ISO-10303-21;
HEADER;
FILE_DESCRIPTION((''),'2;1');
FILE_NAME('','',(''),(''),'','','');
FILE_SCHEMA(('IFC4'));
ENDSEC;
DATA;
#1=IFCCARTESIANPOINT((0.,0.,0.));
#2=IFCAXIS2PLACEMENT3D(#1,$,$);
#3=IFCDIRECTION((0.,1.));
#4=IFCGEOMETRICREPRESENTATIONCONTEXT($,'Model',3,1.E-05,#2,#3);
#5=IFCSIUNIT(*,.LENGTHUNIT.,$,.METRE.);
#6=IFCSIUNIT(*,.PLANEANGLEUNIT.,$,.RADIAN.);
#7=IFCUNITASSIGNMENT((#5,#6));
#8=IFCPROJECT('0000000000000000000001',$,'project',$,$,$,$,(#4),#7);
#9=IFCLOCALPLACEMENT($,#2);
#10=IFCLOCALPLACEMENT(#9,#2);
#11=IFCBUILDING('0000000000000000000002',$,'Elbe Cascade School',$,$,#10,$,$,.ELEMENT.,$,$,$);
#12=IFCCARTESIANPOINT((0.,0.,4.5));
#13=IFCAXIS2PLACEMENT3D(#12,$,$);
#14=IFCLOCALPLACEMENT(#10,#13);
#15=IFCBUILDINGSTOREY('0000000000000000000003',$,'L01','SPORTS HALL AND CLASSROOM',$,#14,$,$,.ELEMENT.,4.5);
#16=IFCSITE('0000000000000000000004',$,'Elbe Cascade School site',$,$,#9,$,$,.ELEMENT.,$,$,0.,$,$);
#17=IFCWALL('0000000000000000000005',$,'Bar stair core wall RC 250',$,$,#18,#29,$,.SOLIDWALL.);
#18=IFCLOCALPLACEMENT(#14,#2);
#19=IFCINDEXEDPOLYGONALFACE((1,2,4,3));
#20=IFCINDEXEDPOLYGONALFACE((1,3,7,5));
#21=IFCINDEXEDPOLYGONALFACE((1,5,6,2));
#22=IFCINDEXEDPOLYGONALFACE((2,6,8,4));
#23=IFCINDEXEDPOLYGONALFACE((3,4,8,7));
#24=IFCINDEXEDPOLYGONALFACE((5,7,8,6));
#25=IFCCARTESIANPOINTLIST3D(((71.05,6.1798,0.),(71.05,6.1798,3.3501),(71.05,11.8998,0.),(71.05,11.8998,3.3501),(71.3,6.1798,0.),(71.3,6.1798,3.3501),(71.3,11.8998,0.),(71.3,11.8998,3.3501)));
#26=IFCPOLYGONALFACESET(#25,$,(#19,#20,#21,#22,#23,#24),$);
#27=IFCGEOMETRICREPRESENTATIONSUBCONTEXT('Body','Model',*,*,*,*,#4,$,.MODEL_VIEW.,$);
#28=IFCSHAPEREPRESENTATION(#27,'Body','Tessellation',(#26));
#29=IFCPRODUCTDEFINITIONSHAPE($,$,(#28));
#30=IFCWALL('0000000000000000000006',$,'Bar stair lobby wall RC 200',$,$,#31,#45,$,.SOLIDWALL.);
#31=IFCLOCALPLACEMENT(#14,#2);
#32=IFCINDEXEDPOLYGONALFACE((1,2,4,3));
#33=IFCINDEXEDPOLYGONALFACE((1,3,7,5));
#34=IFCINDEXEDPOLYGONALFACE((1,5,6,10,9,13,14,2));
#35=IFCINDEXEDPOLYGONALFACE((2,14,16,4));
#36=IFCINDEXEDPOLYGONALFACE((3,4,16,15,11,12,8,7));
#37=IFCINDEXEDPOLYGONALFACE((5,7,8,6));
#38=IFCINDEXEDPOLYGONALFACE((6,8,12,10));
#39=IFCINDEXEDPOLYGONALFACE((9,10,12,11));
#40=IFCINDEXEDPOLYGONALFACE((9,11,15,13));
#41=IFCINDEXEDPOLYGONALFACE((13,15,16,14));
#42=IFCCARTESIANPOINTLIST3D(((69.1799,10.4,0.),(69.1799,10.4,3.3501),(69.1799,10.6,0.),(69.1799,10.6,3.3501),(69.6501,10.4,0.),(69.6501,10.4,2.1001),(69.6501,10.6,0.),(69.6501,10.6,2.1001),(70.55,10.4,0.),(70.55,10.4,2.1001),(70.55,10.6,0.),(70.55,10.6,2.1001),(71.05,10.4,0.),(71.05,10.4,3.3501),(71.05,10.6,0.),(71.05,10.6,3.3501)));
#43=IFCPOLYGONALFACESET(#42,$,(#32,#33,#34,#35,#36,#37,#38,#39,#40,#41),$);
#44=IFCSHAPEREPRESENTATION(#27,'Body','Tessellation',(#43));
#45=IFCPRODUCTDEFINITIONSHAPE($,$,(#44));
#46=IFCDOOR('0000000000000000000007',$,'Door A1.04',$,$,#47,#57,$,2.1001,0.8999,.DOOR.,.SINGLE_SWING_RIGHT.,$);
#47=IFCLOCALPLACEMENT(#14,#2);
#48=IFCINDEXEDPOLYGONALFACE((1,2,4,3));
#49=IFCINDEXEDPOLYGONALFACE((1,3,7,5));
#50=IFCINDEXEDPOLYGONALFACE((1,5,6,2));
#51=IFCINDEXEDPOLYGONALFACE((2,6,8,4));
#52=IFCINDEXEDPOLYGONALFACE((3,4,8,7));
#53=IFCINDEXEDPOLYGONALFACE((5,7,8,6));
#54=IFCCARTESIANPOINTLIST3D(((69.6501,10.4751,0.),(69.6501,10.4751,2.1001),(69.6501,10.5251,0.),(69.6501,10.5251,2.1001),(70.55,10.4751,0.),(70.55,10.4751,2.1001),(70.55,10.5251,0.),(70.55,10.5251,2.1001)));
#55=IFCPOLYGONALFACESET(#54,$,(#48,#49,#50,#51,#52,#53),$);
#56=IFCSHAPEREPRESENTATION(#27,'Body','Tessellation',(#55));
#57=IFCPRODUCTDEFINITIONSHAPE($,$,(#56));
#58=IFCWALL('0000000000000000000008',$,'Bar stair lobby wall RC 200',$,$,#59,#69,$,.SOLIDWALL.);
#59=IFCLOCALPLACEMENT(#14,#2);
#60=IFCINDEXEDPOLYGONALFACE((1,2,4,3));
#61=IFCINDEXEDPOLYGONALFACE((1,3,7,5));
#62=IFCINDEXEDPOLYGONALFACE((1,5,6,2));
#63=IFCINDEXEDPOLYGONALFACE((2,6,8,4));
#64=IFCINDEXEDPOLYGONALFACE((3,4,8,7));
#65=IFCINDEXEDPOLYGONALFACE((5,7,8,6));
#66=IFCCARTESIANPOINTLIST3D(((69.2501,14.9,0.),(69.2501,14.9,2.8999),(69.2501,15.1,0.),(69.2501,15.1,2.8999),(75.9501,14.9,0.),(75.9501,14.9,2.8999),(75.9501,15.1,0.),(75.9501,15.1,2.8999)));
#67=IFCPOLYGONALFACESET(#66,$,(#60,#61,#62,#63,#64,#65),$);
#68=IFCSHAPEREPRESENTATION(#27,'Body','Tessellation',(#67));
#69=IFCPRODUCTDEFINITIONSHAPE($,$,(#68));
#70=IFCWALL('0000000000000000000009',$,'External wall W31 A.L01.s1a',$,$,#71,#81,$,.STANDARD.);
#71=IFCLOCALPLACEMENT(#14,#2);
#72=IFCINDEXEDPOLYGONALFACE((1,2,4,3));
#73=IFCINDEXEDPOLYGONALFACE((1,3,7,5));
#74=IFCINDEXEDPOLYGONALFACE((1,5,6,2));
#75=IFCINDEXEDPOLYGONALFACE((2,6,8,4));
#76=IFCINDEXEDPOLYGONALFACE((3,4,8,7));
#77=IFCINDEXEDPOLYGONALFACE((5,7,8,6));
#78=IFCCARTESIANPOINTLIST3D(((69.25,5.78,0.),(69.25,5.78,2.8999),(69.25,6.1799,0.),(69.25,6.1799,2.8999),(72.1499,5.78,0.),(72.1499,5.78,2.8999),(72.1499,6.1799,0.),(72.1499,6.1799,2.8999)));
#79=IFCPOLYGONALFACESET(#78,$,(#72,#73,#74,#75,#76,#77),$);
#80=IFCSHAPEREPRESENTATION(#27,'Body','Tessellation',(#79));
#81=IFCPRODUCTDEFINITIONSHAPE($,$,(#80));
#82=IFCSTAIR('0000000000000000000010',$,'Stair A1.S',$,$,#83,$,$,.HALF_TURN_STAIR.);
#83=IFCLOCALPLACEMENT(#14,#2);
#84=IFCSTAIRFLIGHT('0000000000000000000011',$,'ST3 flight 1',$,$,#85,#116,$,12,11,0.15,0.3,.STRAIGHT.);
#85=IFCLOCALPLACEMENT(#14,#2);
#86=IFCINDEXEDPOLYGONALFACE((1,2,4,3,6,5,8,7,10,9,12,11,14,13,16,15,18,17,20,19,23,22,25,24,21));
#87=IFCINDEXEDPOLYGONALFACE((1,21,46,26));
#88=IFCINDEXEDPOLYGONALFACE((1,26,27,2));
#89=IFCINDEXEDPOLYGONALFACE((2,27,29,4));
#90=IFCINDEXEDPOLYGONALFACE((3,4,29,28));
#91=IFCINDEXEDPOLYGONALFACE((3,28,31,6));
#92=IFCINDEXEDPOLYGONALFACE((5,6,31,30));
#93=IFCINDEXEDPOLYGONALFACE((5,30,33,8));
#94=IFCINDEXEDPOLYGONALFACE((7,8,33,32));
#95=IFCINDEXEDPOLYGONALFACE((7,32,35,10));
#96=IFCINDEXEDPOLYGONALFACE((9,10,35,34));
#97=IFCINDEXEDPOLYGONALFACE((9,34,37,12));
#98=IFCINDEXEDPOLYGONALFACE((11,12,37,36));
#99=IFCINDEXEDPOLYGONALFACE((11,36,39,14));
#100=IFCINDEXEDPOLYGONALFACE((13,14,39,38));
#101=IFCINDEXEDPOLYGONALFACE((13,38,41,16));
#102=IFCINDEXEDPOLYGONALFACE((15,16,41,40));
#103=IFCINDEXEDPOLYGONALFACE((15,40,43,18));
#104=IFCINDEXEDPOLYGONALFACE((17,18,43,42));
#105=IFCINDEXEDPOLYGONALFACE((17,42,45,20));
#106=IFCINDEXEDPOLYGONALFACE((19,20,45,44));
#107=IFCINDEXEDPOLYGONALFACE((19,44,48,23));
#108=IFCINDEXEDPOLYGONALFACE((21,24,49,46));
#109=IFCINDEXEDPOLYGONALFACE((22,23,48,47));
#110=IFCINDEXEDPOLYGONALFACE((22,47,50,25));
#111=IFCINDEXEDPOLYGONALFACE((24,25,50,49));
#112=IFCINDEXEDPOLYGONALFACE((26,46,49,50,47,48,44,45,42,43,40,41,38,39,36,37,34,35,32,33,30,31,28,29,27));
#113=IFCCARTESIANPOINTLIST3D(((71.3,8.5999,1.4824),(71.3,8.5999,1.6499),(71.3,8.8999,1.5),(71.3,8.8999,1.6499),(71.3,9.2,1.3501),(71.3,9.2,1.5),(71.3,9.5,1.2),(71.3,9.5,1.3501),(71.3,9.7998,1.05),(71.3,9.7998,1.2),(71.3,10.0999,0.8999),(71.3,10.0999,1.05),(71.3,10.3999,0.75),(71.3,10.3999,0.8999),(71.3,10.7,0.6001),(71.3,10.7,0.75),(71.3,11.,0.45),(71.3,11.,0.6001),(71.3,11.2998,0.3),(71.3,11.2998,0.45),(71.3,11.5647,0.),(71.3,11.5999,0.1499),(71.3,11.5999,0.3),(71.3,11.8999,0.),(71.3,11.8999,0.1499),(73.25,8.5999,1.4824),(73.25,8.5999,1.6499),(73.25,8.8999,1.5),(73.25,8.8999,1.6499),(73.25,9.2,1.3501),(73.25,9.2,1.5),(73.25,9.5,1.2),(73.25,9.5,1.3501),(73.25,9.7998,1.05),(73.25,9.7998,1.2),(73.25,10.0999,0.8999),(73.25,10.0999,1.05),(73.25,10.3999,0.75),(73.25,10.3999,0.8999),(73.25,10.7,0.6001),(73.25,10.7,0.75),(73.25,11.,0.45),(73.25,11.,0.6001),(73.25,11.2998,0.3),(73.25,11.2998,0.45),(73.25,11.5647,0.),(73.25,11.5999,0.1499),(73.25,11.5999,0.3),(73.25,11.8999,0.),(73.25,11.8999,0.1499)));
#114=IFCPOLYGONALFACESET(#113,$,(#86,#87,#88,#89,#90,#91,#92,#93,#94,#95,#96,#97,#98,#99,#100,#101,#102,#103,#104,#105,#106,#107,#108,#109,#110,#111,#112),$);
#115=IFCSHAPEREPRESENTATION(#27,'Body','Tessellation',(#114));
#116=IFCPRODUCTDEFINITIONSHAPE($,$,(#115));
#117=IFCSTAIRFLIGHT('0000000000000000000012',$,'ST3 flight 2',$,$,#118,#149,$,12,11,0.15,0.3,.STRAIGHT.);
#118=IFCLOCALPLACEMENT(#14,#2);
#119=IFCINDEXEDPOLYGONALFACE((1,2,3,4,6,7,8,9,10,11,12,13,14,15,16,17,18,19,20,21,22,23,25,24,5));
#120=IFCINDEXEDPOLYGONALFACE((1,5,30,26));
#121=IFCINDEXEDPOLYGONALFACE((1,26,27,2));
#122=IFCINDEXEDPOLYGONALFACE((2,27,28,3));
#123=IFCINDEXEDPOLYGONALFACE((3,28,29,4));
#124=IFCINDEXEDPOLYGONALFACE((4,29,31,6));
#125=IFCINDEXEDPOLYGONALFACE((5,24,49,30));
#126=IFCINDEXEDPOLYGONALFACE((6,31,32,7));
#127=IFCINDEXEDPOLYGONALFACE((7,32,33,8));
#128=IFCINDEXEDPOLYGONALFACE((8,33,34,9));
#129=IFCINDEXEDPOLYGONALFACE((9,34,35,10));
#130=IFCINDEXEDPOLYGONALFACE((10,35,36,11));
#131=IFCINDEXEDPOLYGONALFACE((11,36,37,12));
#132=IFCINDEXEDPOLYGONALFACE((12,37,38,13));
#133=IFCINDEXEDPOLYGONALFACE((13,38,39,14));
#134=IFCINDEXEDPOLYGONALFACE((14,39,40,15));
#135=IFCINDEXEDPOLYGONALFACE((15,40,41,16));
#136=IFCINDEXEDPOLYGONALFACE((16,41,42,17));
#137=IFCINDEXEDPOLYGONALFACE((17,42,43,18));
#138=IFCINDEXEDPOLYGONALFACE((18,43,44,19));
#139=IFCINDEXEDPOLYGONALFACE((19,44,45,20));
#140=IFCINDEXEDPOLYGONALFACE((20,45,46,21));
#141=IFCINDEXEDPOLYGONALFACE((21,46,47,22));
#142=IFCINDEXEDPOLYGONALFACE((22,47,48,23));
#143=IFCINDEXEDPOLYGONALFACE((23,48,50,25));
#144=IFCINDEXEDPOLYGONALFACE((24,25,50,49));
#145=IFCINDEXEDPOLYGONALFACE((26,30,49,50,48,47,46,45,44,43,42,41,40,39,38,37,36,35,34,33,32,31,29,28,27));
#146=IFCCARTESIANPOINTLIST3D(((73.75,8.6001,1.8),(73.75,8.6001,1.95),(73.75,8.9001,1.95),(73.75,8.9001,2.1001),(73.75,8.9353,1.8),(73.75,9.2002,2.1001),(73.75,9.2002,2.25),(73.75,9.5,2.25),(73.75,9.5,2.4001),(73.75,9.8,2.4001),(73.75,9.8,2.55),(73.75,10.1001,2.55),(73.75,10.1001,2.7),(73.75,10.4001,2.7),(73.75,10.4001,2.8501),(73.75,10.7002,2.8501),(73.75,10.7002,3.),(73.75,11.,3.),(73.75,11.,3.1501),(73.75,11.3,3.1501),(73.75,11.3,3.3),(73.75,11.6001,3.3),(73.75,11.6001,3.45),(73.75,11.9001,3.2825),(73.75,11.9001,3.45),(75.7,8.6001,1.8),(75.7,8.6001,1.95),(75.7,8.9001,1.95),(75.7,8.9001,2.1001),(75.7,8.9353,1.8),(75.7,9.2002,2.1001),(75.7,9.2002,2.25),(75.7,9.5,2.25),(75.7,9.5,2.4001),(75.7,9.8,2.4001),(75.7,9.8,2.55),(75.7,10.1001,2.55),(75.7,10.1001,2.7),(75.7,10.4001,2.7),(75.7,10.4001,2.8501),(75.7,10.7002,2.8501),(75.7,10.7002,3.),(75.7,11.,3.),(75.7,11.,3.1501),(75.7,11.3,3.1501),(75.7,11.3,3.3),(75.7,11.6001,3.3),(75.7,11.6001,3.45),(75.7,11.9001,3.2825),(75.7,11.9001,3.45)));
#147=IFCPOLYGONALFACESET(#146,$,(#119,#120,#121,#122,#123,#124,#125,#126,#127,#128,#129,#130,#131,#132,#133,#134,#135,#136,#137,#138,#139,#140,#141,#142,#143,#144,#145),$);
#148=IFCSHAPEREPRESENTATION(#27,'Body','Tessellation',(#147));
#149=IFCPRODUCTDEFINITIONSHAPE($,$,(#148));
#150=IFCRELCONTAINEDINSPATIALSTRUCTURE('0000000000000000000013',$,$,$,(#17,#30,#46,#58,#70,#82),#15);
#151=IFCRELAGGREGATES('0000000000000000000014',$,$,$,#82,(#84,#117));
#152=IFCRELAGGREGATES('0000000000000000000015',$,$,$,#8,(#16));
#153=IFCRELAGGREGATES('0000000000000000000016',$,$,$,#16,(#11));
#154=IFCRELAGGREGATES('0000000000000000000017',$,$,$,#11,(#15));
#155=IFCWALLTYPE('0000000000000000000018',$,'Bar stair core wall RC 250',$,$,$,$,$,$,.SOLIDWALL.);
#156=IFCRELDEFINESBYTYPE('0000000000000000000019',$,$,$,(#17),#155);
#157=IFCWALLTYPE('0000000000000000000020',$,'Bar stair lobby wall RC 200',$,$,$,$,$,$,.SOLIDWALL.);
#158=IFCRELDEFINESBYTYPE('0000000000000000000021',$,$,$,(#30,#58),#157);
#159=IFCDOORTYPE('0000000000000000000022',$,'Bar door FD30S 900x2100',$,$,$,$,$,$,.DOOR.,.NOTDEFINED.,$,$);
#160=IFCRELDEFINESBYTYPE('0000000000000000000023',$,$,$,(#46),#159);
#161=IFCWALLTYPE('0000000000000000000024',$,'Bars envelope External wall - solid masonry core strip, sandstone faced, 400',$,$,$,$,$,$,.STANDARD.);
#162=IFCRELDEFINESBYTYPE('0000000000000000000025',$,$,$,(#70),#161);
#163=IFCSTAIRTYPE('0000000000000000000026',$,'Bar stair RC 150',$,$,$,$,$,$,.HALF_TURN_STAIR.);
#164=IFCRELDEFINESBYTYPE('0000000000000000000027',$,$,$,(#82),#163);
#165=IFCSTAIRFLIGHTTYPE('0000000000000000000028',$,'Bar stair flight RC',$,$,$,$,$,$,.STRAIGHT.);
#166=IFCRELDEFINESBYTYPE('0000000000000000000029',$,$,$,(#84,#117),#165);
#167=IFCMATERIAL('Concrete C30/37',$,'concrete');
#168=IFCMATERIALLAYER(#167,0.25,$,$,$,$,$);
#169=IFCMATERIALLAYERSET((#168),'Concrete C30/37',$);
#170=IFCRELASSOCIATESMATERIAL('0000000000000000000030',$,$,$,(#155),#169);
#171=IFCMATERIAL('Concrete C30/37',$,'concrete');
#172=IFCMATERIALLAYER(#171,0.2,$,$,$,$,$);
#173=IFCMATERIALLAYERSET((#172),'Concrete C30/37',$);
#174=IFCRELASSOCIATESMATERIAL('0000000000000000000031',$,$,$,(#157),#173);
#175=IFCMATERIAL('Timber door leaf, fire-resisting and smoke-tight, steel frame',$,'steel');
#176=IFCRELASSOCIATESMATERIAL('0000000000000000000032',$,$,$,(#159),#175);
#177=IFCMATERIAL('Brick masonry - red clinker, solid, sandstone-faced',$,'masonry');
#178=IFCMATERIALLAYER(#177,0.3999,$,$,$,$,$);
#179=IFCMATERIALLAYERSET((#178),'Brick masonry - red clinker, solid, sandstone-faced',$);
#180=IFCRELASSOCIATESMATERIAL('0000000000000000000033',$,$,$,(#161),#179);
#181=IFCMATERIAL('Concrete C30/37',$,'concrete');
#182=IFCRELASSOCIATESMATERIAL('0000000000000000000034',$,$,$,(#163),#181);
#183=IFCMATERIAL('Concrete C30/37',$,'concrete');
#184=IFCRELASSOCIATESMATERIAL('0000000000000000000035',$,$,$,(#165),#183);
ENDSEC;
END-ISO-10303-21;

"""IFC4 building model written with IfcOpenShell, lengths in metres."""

from ifc_helpers import new_model, si_unit, direction, frame, frame_2d, origin, place, context, subcontext, project, spatial, polyline, rectangle, outline, extrude, material, layer, layer_set, type_object, element, fill, aggregate, save


model = new_model("IFC4")

# Units and contexts
model_context = context("Model", 3, precision=1e-05, world=origin(), true_north=direction((0.0, 1.0)))
body_context = subcontext(model_context, "Body", "Model", "MODEL_VIEW")
ifc_project = project(units=[si_unit("LENGTHUNIT", "METRE"), si_unit("PLANEANGLEUNIT", "RADIAN")], contexts=[model_context])

# Site, building, storey
site_placement = place(None, origin())
site = spatial("IfcSite", under=ifc_project, at=site_placement, Name="Elbe Cascade School site", CompositionType="ELEMENT", RefElevation=0.0)
building_placement = place(site_placement, origin())
building = spatial("IfcBuilding", under=site, at=building_placement, Name="Elbe Cascade School", CompositionType="ELEMENT")
storey_placement = place(building_placement, frame((0.0, 0.0, 4.5)))
storey = spatial("IfcBuildingStorey", under=building, at=storey_placement, Name="L01", Description="SPORTS HALL AND CLASSROOM", CompositionType="ELEMENT", Elevation=4.5)

# Wall
ifc_material_1 = material(Name="Concrete C30/37", Category="concrete")
ifc_layer_1 = layer(ifc_material_1, 0.25)
ifc_layer_set_1 = layer_set([ifc_layer_1], Name="Concrete C30/37")
wall_type_1 = type_object("IfcWallType", Name="Bar stair core wall RC 250", PredefinedType="SOLIDWALL", material=ifc_layer_set_1)
wall_1_placement = place(storey_placement, frame((71.175, 6.1799, 0.0), z_axis=(0.0, 0.0, 1.0), x_axis=(0.0, 1.0, 0.0)))
element("IfcWall", 1, at=wall_1_placement, inside=storey, type_object=wall_type_1, Name="Bar stair core wall RC 250", PredefinedType="SOLIDWALL", context=body_context, shape_type="SweptSolid", body=[
    extrude(rectangle(XDim=5.72, YDim=0.25, at=frame_2d((2.8599, 0.0))), origin(), (0.0, 0.0, 1.0), 3.3501),
])

# Wall, opening, door
ifc_material_2 = material(Name="Concrete C30/37", Category="concrete")
ifc_layer_2 = layer(ifc_material_2, 0.2)
ifc_layer_set_2 = layer_set([ifc_layer_2], Name="Concrete C30/37")
wall_type_2 = type_object("IfcWallType", Name="Bar stair lobby wall RC 200", PredefinedType="SOLIDWALL", material=ifc_layer_set_2)
wall_2_placement = place(storey_placement, frame((71.05, 10.5, 0.0), z_axis=(0.0, 0.0, 1.0), x_axis=(-1.0, 0.0, 0.0)))
wall_2 = element("IfcWall", 2, at=wall_2_placement, inside=storey, type_object=wall_type_2, Name="Bar stair lobby wall RC 200", PredefinedType="SOLIDWALL", context=body_context, shape_type="SweptSolid", body=[
    extrude(rectangle(XDim=1.8701, YDim=0.2, at=frame_2d((0.9351, 0.0))), origin(), (0.0, 0.0, 1.0), 3.3501),
])
opening_1_placement = place(wall_2_placement, frame((0.5, 0.0, 0.0)))
opening_1 = element("IfcOpeningElement", 3, at=opening_1_placement, cuts=wall_2, PredefinedType="OPENING", context=body_context, shape_type="SweptSolid", body=[
    extrude(rectangle(XDim=0.8999, YDim=2.1001, at=frame_2d((0.45, 1.05))), frame((0.0, 0.1099, 0.0), z_axis=(0.0, -1.0, 0.0), x_axis=(1.0, 0.0, 0.0)), (0.0, 0.0, 1.0), 0.22),
])
ifc_material_3 = material(Name="Timber door leaf, fire-resisting and smoke-tight, steel frame", Category="steel")
door_type_1 = type_object("IfcDoorType", Name="Bar door FD30S 900x2100", OperationType="NOTDEFINED", PredefinedType="DOOR", material=ifc_material_3)
door_1_placement = place(opening_1_placement, origin())
door_1 = element("IfcDoor", 4, at=door_1_placement, inside=storey, type_object=door_type_1, Name="Door A1.04", OperationType="SINGLE_SWING_RIGHT", OverallHeight=2.1001, OverallWidth=0.8999, PredefinedType="DOOR", context=body_context, shape_type="SweptSolid", body=[
    extrude(rectangle(XDim=0.8999, YDim=2.1001, at=frame_2d((0.45, 1.05))), frame((0.0, 0.0249, 0.0), z_axis=(0.0, -1.0, 0.0), x_axis=(1.0, 0.0, 0.0)), (0.0, 0.0, 1.0), 0.05),
])
fill(opening_1, door_1)

# Walls
wall_3_placement = place(storey_placement, frame((69.25, 15.0, 0.0), z_axis=(0.0, 0.0, 1.0), x_axis=(1.0, 0.0, 0.0)))
element("IfcWall", 5, at=wall_3_placement, inside=storey, type_object=wall_type_2, Name="Bar stair lobby wall RC 200", PredefinedType="SOLIDWALL", context=body_context, shape_type="SweptSolid", body=[
    extrude(rectangle(XDim=6.7, YDim=0.2, at=frame_2d((3.3501, 0.0))), origin(), (0.0, 0.0, 1.0), 2.8999),
])
ifc_material_4 = material(Name="Brick masonry - red clinker, solid, sandstone-faced", Category="masonry")
ifc_layer_3 = layer(ifc_material_4, 0.3999)
ifc_layer_set_3 = layer_set([ifc_layer_3], Name="Brick masonry - red clinker, solid, sandstone-faced")
wall_type_3 = type_object("IfcWallType", Name="Bars envelope External wall - solid masonry core strip, sandstone faced, 400", PredefinedType="STANDARD", material=ifc_layer_set_3)
wall_4_placement = place(storey_placement, frame((72.1499, 5.98, 0.0), z_axis=(0.0, 0.0, 1.0), x_axis=(-1.0, 0.0, 0.0)))
element("IfcWall", 6, at=wall_4_placement, inside=storey, type_object=wall_type_3, Name="External wall W31 A.L01.s1a", PredefinedType="STANDARD", context=body_context, shape_type="SweptSolid", body=[
    extrude(rectangle(XDim=2.8999, YDim=0.3999, at=frame_2d((1.45, 0.0))), origin(), (0.0, 0.0, 1.0), 2.8999),
])

# Stair, stair flights
ifc_material_5 = material(Name="Concrete C30/37", Category="concrete")
stair_type = type_object("IfcStairType", Name="Bar stair RC 150", PredefinedType="HALF_TURN_STAIR", material=ifc_material_5)
stair_placement = place(storey_placement, origin())
stair = element("IfcStair", 7, at=stair_placement, inside=storey, type_object=stair_type, Name="Stair A1.S", PredefinedType="HALF_TURN_STAIR")
ifc_material_6 = material(Name="Concrete C30/37", Category="concrete")
stair_flight_type = type_object("IfcStairFlightType", Name="Bar stair flight RC", PredefinedType="STRAIGHT", material=ifc_material_6)
stair_flight_1_placement = place(storey_placement, frame((72.2749, 11.8999, 0.0), z_axis=(0.0, 0.0, 1.0), x_axis=(0.0, -1.0, 0.0)))
stair_flight_1 = element("IfcStairFlight", 8, at=stair_flight_1_placement, type_object=stair_flight_type, Name="ST3 flight 1", NumberOfRisers=12, NumberOfTreads=11, PredefinedType="STRAIGHT", RiserHeight=0.15, TreadLength=0.3, context=body_context, shape_type="SweptSolid", body=[
    extrude(outline(polyline([(0.0, 0.0), (0.0, 0.1499), (0.3, 0.1499), (0.3, 0.3), (0.6001, 0.3), (0.6001, 0.45), (0.8999, 0.45), (0.8999, 0.6001), (1.2, 0.6001), (1.2, 0.75), (1.5, 0.75), (1.5, 0.8999), (1.8, 0.8999), (1.8, 1.05), (2.1001, 1.05), (2.1001, 1.2), (2.3999, 1.2), (2.3999, 1.3501), (2.7, 1.3501), (2.7, 1.5), (3.0, 1.5), (3.0, 1.6499), (3.3, 1.6499), (3.3, 1.8), (3.3, 1.4824), (0.3352, 0.0), (0.0, 0.0)])), frame((0.0, 0.9751, 0.0), z_axis=(0.0, -1.0, 0.0), x_axis=(1.0, 0.0, 0.0)), (0.0, 0.0, 1.0), 1.95),
])
stair_flight_2_placement = place(storey_placement, frame((74.7251, 8.6001, 1.8), z_axis=(0.0, 0.0, 1.0), x_axis=(0.0, 1.0, 0.0)))
stair_flight_2 = element("IfcStairFlight", 9, at=stair_flight_2_placement, type_object=stair_flight_type, Name="ST3 flight 2", NumberOfRisers=12, NumberOfTreads=11, PredefinedType="STRAIGHT", RiserHeight=0.15, TreadLength=0.3, context=body_context, shape_type="SweptSolid", body=[
    extrude(outline(polyline([(0.0, 0.0), (0.0, 0.1499), (0.3, 0.1499), (0.3, 0.3), (0.6001, 0.3), (0.6001, 0.45), (0.8999, 0.45), (0.8999, 0.6001), (1.2, 0.6001), (1.2, 0.75), (1.5, 0.75), (1.5, 0.8999), (1.8, 0.8999), (1.8, 1.05), (2.1001, 1.05), (2.1001, 1.2), (2.3999, 1.2), (2.3999, 1.3501), (2.7, 1.3501), (2.7, 1.5), (3.0, 1.5), (3.0, 1.6499), (3.3, 1.6499), (3.3, 1.8), (3.3, 1.4824), (0.3352, 0.0), (0.0, 0.0)])), frame((0.0, 0.9751, 0.0), z_axis=(0.0, -1.0, 0.0), x_axis=(1.0, 0.0, 0.0)), (0.0, 0.0, 1.0), 1.95),
])
aggregate(stair, [stair_flight_1, stair_flight_2])

save(model, "model.ifc")
